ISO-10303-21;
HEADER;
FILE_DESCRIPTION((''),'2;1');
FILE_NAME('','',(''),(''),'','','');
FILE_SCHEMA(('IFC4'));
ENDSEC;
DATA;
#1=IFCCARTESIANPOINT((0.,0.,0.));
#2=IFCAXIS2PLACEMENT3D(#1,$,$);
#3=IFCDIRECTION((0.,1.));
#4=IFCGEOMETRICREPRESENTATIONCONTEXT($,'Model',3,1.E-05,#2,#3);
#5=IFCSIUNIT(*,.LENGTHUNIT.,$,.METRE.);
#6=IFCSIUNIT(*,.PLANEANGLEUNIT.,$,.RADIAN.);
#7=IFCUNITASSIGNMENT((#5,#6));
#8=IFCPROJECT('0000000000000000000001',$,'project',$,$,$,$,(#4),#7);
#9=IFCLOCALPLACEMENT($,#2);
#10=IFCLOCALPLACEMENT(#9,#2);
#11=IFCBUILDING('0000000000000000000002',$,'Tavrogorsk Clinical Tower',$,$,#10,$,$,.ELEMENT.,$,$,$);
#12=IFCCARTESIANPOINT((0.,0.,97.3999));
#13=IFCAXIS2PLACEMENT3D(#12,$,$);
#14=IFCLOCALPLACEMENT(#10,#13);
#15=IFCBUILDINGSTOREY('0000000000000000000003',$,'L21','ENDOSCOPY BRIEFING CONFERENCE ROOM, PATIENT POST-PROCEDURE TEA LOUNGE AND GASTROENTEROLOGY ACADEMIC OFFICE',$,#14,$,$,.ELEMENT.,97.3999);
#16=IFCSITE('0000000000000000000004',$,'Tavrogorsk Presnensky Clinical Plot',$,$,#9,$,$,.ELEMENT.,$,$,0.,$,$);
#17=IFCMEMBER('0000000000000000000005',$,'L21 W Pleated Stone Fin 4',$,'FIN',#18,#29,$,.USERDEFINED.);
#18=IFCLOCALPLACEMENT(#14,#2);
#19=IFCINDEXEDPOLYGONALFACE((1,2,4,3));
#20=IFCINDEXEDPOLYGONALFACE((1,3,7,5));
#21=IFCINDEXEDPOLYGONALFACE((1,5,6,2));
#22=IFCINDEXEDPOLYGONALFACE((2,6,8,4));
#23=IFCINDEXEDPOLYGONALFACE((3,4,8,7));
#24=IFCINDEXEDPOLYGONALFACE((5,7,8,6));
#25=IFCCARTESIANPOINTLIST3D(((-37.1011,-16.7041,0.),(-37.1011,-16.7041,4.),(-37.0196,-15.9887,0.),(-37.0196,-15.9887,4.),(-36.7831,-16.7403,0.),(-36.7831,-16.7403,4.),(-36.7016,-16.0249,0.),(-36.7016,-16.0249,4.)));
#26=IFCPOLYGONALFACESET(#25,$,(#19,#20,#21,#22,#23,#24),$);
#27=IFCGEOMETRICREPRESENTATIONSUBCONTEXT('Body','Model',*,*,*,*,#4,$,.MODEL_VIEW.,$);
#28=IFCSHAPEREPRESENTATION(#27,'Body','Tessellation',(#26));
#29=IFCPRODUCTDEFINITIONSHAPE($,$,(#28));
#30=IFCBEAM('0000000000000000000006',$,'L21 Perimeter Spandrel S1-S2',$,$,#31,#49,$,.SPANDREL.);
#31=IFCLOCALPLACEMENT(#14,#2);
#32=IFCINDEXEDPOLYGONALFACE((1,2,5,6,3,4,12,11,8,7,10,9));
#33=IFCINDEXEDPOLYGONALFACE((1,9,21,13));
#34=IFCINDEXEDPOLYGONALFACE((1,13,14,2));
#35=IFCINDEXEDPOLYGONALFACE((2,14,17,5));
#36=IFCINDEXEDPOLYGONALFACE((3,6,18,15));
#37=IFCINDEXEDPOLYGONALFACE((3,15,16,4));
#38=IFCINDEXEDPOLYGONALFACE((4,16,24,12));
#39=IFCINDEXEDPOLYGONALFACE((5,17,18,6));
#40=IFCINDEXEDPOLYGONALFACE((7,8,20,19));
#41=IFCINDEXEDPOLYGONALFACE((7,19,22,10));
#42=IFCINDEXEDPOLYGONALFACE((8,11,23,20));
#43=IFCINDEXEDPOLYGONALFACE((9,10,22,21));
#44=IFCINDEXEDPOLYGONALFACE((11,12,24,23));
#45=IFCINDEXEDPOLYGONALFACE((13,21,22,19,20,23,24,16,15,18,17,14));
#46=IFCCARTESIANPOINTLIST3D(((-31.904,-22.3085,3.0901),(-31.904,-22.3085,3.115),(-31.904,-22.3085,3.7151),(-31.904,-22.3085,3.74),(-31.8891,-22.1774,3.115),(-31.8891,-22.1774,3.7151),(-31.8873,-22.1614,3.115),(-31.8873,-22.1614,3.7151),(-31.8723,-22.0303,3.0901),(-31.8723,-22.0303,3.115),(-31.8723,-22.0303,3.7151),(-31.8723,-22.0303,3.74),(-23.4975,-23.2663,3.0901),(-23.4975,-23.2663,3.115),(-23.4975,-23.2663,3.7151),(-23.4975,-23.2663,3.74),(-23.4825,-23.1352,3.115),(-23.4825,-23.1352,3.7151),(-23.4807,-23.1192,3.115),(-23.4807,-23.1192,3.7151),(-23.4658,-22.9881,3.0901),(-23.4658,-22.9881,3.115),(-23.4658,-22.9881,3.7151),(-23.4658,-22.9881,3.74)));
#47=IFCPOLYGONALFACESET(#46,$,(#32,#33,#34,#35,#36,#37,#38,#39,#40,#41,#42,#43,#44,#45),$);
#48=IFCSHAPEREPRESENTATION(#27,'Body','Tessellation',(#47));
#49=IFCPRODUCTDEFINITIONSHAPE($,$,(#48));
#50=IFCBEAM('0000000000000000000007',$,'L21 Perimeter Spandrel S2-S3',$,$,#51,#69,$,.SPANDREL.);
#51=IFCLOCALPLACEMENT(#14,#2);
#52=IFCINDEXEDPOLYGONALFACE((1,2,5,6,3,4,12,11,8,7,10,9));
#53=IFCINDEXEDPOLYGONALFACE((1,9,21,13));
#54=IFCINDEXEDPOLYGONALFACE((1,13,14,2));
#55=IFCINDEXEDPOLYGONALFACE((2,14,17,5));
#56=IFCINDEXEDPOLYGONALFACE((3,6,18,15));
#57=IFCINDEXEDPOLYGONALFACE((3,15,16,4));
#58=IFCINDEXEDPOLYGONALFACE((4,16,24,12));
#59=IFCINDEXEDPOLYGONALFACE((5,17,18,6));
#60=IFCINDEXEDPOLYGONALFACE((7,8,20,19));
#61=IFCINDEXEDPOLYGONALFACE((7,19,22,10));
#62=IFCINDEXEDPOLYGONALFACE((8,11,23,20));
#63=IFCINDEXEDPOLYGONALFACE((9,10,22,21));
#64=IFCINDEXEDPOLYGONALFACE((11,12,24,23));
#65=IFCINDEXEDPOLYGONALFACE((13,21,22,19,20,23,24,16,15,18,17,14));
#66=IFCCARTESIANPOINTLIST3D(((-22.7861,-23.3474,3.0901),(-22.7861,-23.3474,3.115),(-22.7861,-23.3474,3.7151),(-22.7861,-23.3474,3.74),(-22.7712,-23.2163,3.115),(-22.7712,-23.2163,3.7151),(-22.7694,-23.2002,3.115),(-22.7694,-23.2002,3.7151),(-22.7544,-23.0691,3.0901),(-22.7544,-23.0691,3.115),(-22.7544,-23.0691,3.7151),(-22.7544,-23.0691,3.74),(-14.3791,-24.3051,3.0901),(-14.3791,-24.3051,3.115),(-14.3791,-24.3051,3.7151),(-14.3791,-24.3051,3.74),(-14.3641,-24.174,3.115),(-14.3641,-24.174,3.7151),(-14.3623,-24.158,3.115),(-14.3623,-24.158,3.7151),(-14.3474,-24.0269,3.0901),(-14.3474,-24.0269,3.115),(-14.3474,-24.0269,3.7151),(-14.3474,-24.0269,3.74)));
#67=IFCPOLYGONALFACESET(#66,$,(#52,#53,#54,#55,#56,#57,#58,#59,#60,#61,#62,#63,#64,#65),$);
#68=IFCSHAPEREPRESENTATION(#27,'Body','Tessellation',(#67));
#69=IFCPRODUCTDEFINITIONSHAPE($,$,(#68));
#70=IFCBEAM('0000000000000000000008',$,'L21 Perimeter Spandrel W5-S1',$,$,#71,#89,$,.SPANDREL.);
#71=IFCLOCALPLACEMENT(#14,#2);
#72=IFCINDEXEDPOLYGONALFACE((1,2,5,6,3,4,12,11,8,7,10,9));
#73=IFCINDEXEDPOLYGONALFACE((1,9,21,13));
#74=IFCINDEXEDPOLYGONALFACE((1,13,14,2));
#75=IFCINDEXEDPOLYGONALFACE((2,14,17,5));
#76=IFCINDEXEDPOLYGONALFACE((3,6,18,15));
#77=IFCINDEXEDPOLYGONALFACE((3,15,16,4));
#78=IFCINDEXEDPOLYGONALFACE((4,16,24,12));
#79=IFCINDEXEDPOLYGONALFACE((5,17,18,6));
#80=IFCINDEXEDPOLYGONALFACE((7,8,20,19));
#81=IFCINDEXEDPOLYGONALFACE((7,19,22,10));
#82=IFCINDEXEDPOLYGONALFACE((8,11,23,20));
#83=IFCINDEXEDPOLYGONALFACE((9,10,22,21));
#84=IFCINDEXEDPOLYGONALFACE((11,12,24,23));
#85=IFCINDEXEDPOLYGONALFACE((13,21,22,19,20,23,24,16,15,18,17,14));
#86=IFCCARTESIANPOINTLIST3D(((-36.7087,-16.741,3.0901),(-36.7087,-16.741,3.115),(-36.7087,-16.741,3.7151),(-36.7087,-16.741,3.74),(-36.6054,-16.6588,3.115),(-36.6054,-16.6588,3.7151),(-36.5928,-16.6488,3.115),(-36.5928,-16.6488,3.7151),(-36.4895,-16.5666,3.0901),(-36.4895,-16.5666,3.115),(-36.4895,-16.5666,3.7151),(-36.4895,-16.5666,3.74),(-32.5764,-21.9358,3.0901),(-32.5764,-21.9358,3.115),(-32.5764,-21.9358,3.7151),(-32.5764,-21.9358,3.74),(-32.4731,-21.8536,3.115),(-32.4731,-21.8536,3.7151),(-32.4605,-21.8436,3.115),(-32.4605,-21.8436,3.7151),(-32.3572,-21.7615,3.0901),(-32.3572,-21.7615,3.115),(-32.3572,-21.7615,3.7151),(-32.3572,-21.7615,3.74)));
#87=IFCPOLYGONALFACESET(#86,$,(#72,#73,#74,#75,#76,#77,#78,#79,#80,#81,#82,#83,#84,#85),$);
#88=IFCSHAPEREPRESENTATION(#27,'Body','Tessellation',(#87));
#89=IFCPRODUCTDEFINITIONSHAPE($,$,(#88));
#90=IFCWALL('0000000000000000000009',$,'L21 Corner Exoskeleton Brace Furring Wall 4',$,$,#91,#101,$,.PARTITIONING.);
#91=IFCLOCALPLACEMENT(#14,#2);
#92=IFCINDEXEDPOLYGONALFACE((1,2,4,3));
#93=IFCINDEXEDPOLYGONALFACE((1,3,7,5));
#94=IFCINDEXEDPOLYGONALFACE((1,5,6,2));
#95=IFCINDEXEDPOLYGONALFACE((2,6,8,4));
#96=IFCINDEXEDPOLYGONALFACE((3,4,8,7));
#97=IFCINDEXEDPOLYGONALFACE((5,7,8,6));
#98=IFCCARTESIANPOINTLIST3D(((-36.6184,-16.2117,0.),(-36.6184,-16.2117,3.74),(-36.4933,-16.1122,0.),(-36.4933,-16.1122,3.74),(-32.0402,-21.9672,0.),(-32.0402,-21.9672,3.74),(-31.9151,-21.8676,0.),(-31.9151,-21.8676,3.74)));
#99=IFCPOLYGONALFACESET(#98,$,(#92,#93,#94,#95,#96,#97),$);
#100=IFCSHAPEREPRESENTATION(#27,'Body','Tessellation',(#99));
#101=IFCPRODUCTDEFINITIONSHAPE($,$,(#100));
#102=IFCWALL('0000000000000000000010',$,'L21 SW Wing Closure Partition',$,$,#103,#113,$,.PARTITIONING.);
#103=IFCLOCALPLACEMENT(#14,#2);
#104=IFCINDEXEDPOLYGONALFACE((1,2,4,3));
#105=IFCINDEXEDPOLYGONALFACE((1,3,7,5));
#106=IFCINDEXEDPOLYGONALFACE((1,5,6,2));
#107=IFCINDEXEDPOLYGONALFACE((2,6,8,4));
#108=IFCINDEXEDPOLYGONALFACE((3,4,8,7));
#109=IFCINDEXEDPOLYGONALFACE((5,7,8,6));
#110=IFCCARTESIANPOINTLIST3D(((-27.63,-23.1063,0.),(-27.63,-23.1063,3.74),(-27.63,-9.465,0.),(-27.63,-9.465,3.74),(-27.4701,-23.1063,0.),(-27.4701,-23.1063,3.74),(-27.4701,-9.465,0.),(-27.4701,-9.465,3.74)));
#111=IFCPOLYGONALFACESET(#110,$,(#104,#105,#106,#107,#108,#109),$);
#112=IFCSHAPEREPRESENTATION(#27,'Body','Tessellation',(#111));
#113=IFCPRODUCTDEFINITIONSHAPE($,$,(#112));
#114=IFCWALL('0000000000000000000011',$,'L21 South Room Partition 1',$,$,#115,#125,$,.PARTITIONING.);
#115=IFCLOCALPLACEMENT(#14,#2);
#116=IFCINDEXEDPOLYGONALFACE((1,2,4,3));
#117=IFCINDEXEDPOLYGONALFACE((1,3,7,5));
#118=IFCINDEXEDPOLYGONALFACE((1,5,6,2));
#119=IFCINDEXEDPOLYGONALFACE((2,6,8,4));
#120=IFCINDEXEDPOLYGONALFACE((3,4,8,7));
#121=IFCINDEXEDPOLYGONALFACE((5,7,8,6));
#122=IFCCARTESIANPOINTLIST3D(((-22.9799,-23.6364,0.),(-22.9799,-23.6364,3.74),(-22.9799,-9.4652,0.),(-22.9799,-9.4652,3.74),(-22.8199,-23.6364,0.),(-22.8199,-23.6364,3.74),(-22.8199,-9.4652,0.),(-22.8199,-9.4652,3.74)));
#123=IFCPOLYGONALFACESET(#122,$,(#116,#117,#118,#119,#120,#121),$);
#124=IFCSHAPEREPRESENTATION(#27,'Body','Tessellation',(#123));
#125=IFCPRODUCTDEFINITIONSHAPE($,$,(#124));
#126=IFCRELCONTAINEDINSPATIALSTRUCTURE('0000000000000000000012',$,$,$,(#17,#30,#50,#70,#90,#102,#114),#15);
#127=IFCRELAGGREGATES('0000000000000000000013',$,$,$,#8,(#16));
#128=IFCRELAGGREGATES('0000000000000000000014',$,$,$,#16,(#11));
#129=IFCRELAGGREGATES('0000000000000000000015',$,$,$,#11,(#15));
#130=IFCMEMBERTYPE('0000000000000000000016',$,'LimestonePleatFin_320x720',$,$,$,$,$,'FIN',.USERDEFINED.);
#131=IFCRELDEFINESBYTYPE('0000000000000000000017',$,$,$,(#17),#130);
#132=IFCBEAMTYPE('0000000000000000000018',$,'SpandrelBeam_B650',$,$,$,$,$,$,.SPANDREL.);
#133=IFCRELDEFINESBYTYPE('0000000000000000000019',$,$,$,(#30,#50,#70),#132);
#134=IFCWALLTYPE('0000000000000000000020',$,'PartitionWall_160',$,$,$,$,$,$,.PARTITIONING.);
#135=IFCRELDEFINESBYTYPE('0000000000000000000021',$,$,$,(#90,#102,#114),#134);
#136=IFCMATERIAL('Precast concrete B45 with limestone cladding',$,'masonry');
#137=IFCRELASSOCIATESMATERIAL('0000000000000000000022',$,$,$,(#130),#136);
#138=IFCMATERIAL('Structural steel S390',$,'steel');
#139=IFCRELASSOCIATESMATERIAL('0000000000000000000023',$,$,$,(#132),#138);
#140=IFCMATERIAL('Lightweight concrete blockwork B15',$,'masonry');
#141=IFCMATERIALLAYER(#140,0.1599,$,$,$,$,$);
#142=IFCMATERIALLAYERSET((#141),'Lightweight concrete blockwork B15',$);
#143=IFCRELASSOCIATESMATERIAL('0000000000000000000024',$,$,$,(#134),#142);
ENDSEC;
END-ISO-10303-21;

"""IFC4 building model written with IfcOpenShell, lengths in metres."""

from ifc_helpers import new_model, si_unit, direction, frame, frame_2d, origin, origin_2d, place, context, subcontext, project, spatial, rectangle, i_section, extrude, material, layer, layer_set, material_profile, profile_set, type_object, element, save


model = new_model("IFC4")

# Units and contexts
model_context = context("Model", 3, precision=1e-05, world=origin(), true_north=direction((0.0, 1.0)))
body_context = subcontext(model_context, "Body", "Model", "MODEL_VIEW")
ifc_project = project(units=[si_unit("LENGTHUNIT", "METRE"), si_unit("PLANEANGLEUNIT", "RADIAN")], contexts=[model_context])

# Site, building, storey
site_placement = place(None, origin())
site = spatial("IfcSite", under=ifc_project, at=site_placement, Name="Tavrogorsk Presnensky Clinical Plot", CompositionType="ELEMENT", RefElevation=0.0)
building_placement = place(site_placement, origin())
building = spatial("IfcBuilding", under=site, at=building_placement, Name="Tavrogorsk Clinical Tower", CompositionType="ELEMENT")
storey_placement = place(building_placement, frame((0.0, 0.0, 97.3999)))
storey = spatial("IfcBuildingStorey", under=building, at=storey_placement, Name="L21", Description="ENDOSCOPY BRIEFING CONFERENCE ROOM, PATIENT POST-PROCEDURE TEA LOUNGE AND GASTROENTEROLOGY ACADEMIC OFFICE", CompositionType="ELEMENT", Elevation=97.3999)

# Member
ifc_material_1 = material(Name="Precast concrete B45 with limestone cladding", Category="masonry")
ifc_material_profile_1 = material_profile(ifc_material_1, rectangle(XDim=0.3201, YDim=0.72, at=origin_2d()), Name="LIMESTONE-FIN-320x720")
ifc_profile_set_1 = profile_set([ifc_material_profile_1], Name="Precast concrete B45 with limestone cladding")
member_type_1 = type_object("IfcMemberType", Name="LimestonePleatFin_320x720", ElementType="FIN", PredefinedType="USERDEFINED", material=ifc_profile_set_1)
member_1_placement = place(storey_placement, frame((-36.9014, -16.3645, 0.0), z_axis=(0.0, 0.0, 1.0), x_axis=(0.993572, -0.113203, 0.0)))
element("IfcMember", 1, at=member_1_placement, inside=storey, type_object=member_type_1, Name="L21 W Pleated Stone Fin 4", ObjectType="FIN", PredefinedType="USERDEFINED", context=body_context, shape_type="SweptSolid", body=[
    extrude(rectangle(XDim=0.3201, YDim=0.72, at=origin_2d()), origin(), (0.0, 0.0, 1.0), 4.0),
])

# Beams
ifc_material_2 = material(Name="Structural steel S390", Category="steel")
ifc_material_profile_2 = material_profile(ifc_material_2, i_section(OverallWidth=0.28, OverallDepth=0.6499, WebThickness=0.0161, FlangeThickness=0.0249, at=origin_2d()), Name="B-650x280x16x25")
ifc_profile_set_2 = profile_set([ifc_material_profile_2], Name="Structural steel S390")
beam_type_1 = type_object("IfcBeamType", Name="SpandrelBeam_B650", PredefinedType="SPANDREL", material=ifc_profile_set_2)
beam_1_placement = place(storey_placement, frame((-31.8882, -22.1694, 3.415), z_axis=(0.993572, -0.113199, 0.0), x_axis=(0.113199, 0.993572, 0.0)))
element("IfcBeam", 2, at=beam_1_placement, inside=storey, type_object=beam_type_1, Name="L21 Perimeter Spandrel S1-S2", PredefinedType="SPANDREL", context=body_context, shape_type="SweptSolid", body=[
    extrude(i_section(OverallWidth=0.28, OverallDepth=0.6499, WebThickness=0.0161, FlangeThickness=0.0249, at=origin_2d()), origin(), (0.0, 0.0, 1.0), 8.4609),
])
beam_2_placement = place(storey_placement, frame((-22.7703, -23.2083, 3.415), z_axis=(0.993573, -0.113193, 0.0), x_axis=(0.113193, 0.993573, 0.0)))
element("IfcBeam", 3, at=beam_2_placement, inside=storey, type_object=beam_type_1, Name="L21 Perimeter Spandrel S2-S3", PredefinedType="SPANDREL", context=body_context, shape_type="SweptSolid", body=[
    extrude(i_section(OverallWidth=0.28, OverallDepth=0.6499, WebThickness=0.0161, FlangeThickness=0.0249, at=origin_2d()), origin(), (0.0, 0.0, 1.0), 8.4614),
])
beam_3_placement = place(storey_placement, frame((-36.5991, -16.6538, 3.415), z_axis=(0.622531, -0.782595, 0.0), x_axis=(0.782595, 0.622531, 0.0)))
element("IfcBeam", 4, at=beam_3_placement, inside=storey, type_object=beam_type_1, Name="L21 Perimeter Spandrel W5-S1", PredefinedType="SPANDREL", context=body_context, shape_type="SweptSolid", body=[
    extrude(i_section(OverallWidth=0.28, OverallDepth=0.6499, WebThickness=0.0161, FlangeThickness=0.0249, at=origin_2d()), origin(), (0.0, 0.0, 1.0), 6.6379),
])

# Walls
ifc_material_3 = material(Name="Lightweight concrete blockwork B15", Category="masonry")
ifc_layer_1 = layer(ifc_material_3, 0.1599)
ifc_layer_set_1 = layer_set([ifc_layer_1], Name="Lightweight concrete blockwork B15")
wall_type_1 = type_object("IfcWallType", Name="PartitionWall_160", PredefinedType="PARTITIONING", material=ifc_layer_set_1)
wall_1_placement = place(storey_placement, frame((-36.5559, -16.1619, 0.0), z_axis=(0.0, 0.0, 1.0), x_axis=(0.622523, -0.782602, 0.0)))
element("IfcWall", 5, at=wall_1_placement, inside=storey, type_object=wall_type_1, Name="L21 Corner Exoskeleton Brace Furring Wall 4", PredefinedType="PARTITIONING", context=body_context, shape_type="SweptSolid", body=[
    extrude(rectangle(XDim=7.3542, YDim=0.1599, at=frame_2d((3.6772, 0.0))), origin(), (0.0, 0.0, 1.0), 3.74),
])
wall_2_placement = place(storey_placement, frame((-27.55, -23.1064, 0.0), z_axis=(0.0, 0.0, 1.0), x_axis=(0.0, 1.0, 0.0)))
element("IfcWall", 6, at=wall_2_placement, inside=storey, type_object=wall_type_1, Name="L21 SW Wing Closure Partition", PredefinedType="PARTITIONING", context=body_context, shape_type="SweptSolid", body=[
    extrude(rectangle(XDim=13.6414, YDim=0.1599, at=frame_2d((6.8208, 0.0))), origin(), (0.0, 0.0, 1.0), 3.74),
])
wall_3_placement = place(storey_placement, frame((-22.8999, -23.6362, 0.0), z_axis=(0.0, 0.0, 1.0), x_axis=(0.0, 1.0, 0.0)))
element("IfcWall", 7, at=wall_3_placement, inside=storey, type_object=wall_type_1, Name="L21 South Room Partition 1", PredefinedType="PARTITIONING", context=body_context, shape_type="SweptSolid", body=[
    extrude(rectangle(XDim=14.1711, YDim=0.1599, at=frame_2d((7.0854, 0.0))), origin(), (0.0, 0.0, 1.0), 3.74),
])

save(model, "model.ifc")
